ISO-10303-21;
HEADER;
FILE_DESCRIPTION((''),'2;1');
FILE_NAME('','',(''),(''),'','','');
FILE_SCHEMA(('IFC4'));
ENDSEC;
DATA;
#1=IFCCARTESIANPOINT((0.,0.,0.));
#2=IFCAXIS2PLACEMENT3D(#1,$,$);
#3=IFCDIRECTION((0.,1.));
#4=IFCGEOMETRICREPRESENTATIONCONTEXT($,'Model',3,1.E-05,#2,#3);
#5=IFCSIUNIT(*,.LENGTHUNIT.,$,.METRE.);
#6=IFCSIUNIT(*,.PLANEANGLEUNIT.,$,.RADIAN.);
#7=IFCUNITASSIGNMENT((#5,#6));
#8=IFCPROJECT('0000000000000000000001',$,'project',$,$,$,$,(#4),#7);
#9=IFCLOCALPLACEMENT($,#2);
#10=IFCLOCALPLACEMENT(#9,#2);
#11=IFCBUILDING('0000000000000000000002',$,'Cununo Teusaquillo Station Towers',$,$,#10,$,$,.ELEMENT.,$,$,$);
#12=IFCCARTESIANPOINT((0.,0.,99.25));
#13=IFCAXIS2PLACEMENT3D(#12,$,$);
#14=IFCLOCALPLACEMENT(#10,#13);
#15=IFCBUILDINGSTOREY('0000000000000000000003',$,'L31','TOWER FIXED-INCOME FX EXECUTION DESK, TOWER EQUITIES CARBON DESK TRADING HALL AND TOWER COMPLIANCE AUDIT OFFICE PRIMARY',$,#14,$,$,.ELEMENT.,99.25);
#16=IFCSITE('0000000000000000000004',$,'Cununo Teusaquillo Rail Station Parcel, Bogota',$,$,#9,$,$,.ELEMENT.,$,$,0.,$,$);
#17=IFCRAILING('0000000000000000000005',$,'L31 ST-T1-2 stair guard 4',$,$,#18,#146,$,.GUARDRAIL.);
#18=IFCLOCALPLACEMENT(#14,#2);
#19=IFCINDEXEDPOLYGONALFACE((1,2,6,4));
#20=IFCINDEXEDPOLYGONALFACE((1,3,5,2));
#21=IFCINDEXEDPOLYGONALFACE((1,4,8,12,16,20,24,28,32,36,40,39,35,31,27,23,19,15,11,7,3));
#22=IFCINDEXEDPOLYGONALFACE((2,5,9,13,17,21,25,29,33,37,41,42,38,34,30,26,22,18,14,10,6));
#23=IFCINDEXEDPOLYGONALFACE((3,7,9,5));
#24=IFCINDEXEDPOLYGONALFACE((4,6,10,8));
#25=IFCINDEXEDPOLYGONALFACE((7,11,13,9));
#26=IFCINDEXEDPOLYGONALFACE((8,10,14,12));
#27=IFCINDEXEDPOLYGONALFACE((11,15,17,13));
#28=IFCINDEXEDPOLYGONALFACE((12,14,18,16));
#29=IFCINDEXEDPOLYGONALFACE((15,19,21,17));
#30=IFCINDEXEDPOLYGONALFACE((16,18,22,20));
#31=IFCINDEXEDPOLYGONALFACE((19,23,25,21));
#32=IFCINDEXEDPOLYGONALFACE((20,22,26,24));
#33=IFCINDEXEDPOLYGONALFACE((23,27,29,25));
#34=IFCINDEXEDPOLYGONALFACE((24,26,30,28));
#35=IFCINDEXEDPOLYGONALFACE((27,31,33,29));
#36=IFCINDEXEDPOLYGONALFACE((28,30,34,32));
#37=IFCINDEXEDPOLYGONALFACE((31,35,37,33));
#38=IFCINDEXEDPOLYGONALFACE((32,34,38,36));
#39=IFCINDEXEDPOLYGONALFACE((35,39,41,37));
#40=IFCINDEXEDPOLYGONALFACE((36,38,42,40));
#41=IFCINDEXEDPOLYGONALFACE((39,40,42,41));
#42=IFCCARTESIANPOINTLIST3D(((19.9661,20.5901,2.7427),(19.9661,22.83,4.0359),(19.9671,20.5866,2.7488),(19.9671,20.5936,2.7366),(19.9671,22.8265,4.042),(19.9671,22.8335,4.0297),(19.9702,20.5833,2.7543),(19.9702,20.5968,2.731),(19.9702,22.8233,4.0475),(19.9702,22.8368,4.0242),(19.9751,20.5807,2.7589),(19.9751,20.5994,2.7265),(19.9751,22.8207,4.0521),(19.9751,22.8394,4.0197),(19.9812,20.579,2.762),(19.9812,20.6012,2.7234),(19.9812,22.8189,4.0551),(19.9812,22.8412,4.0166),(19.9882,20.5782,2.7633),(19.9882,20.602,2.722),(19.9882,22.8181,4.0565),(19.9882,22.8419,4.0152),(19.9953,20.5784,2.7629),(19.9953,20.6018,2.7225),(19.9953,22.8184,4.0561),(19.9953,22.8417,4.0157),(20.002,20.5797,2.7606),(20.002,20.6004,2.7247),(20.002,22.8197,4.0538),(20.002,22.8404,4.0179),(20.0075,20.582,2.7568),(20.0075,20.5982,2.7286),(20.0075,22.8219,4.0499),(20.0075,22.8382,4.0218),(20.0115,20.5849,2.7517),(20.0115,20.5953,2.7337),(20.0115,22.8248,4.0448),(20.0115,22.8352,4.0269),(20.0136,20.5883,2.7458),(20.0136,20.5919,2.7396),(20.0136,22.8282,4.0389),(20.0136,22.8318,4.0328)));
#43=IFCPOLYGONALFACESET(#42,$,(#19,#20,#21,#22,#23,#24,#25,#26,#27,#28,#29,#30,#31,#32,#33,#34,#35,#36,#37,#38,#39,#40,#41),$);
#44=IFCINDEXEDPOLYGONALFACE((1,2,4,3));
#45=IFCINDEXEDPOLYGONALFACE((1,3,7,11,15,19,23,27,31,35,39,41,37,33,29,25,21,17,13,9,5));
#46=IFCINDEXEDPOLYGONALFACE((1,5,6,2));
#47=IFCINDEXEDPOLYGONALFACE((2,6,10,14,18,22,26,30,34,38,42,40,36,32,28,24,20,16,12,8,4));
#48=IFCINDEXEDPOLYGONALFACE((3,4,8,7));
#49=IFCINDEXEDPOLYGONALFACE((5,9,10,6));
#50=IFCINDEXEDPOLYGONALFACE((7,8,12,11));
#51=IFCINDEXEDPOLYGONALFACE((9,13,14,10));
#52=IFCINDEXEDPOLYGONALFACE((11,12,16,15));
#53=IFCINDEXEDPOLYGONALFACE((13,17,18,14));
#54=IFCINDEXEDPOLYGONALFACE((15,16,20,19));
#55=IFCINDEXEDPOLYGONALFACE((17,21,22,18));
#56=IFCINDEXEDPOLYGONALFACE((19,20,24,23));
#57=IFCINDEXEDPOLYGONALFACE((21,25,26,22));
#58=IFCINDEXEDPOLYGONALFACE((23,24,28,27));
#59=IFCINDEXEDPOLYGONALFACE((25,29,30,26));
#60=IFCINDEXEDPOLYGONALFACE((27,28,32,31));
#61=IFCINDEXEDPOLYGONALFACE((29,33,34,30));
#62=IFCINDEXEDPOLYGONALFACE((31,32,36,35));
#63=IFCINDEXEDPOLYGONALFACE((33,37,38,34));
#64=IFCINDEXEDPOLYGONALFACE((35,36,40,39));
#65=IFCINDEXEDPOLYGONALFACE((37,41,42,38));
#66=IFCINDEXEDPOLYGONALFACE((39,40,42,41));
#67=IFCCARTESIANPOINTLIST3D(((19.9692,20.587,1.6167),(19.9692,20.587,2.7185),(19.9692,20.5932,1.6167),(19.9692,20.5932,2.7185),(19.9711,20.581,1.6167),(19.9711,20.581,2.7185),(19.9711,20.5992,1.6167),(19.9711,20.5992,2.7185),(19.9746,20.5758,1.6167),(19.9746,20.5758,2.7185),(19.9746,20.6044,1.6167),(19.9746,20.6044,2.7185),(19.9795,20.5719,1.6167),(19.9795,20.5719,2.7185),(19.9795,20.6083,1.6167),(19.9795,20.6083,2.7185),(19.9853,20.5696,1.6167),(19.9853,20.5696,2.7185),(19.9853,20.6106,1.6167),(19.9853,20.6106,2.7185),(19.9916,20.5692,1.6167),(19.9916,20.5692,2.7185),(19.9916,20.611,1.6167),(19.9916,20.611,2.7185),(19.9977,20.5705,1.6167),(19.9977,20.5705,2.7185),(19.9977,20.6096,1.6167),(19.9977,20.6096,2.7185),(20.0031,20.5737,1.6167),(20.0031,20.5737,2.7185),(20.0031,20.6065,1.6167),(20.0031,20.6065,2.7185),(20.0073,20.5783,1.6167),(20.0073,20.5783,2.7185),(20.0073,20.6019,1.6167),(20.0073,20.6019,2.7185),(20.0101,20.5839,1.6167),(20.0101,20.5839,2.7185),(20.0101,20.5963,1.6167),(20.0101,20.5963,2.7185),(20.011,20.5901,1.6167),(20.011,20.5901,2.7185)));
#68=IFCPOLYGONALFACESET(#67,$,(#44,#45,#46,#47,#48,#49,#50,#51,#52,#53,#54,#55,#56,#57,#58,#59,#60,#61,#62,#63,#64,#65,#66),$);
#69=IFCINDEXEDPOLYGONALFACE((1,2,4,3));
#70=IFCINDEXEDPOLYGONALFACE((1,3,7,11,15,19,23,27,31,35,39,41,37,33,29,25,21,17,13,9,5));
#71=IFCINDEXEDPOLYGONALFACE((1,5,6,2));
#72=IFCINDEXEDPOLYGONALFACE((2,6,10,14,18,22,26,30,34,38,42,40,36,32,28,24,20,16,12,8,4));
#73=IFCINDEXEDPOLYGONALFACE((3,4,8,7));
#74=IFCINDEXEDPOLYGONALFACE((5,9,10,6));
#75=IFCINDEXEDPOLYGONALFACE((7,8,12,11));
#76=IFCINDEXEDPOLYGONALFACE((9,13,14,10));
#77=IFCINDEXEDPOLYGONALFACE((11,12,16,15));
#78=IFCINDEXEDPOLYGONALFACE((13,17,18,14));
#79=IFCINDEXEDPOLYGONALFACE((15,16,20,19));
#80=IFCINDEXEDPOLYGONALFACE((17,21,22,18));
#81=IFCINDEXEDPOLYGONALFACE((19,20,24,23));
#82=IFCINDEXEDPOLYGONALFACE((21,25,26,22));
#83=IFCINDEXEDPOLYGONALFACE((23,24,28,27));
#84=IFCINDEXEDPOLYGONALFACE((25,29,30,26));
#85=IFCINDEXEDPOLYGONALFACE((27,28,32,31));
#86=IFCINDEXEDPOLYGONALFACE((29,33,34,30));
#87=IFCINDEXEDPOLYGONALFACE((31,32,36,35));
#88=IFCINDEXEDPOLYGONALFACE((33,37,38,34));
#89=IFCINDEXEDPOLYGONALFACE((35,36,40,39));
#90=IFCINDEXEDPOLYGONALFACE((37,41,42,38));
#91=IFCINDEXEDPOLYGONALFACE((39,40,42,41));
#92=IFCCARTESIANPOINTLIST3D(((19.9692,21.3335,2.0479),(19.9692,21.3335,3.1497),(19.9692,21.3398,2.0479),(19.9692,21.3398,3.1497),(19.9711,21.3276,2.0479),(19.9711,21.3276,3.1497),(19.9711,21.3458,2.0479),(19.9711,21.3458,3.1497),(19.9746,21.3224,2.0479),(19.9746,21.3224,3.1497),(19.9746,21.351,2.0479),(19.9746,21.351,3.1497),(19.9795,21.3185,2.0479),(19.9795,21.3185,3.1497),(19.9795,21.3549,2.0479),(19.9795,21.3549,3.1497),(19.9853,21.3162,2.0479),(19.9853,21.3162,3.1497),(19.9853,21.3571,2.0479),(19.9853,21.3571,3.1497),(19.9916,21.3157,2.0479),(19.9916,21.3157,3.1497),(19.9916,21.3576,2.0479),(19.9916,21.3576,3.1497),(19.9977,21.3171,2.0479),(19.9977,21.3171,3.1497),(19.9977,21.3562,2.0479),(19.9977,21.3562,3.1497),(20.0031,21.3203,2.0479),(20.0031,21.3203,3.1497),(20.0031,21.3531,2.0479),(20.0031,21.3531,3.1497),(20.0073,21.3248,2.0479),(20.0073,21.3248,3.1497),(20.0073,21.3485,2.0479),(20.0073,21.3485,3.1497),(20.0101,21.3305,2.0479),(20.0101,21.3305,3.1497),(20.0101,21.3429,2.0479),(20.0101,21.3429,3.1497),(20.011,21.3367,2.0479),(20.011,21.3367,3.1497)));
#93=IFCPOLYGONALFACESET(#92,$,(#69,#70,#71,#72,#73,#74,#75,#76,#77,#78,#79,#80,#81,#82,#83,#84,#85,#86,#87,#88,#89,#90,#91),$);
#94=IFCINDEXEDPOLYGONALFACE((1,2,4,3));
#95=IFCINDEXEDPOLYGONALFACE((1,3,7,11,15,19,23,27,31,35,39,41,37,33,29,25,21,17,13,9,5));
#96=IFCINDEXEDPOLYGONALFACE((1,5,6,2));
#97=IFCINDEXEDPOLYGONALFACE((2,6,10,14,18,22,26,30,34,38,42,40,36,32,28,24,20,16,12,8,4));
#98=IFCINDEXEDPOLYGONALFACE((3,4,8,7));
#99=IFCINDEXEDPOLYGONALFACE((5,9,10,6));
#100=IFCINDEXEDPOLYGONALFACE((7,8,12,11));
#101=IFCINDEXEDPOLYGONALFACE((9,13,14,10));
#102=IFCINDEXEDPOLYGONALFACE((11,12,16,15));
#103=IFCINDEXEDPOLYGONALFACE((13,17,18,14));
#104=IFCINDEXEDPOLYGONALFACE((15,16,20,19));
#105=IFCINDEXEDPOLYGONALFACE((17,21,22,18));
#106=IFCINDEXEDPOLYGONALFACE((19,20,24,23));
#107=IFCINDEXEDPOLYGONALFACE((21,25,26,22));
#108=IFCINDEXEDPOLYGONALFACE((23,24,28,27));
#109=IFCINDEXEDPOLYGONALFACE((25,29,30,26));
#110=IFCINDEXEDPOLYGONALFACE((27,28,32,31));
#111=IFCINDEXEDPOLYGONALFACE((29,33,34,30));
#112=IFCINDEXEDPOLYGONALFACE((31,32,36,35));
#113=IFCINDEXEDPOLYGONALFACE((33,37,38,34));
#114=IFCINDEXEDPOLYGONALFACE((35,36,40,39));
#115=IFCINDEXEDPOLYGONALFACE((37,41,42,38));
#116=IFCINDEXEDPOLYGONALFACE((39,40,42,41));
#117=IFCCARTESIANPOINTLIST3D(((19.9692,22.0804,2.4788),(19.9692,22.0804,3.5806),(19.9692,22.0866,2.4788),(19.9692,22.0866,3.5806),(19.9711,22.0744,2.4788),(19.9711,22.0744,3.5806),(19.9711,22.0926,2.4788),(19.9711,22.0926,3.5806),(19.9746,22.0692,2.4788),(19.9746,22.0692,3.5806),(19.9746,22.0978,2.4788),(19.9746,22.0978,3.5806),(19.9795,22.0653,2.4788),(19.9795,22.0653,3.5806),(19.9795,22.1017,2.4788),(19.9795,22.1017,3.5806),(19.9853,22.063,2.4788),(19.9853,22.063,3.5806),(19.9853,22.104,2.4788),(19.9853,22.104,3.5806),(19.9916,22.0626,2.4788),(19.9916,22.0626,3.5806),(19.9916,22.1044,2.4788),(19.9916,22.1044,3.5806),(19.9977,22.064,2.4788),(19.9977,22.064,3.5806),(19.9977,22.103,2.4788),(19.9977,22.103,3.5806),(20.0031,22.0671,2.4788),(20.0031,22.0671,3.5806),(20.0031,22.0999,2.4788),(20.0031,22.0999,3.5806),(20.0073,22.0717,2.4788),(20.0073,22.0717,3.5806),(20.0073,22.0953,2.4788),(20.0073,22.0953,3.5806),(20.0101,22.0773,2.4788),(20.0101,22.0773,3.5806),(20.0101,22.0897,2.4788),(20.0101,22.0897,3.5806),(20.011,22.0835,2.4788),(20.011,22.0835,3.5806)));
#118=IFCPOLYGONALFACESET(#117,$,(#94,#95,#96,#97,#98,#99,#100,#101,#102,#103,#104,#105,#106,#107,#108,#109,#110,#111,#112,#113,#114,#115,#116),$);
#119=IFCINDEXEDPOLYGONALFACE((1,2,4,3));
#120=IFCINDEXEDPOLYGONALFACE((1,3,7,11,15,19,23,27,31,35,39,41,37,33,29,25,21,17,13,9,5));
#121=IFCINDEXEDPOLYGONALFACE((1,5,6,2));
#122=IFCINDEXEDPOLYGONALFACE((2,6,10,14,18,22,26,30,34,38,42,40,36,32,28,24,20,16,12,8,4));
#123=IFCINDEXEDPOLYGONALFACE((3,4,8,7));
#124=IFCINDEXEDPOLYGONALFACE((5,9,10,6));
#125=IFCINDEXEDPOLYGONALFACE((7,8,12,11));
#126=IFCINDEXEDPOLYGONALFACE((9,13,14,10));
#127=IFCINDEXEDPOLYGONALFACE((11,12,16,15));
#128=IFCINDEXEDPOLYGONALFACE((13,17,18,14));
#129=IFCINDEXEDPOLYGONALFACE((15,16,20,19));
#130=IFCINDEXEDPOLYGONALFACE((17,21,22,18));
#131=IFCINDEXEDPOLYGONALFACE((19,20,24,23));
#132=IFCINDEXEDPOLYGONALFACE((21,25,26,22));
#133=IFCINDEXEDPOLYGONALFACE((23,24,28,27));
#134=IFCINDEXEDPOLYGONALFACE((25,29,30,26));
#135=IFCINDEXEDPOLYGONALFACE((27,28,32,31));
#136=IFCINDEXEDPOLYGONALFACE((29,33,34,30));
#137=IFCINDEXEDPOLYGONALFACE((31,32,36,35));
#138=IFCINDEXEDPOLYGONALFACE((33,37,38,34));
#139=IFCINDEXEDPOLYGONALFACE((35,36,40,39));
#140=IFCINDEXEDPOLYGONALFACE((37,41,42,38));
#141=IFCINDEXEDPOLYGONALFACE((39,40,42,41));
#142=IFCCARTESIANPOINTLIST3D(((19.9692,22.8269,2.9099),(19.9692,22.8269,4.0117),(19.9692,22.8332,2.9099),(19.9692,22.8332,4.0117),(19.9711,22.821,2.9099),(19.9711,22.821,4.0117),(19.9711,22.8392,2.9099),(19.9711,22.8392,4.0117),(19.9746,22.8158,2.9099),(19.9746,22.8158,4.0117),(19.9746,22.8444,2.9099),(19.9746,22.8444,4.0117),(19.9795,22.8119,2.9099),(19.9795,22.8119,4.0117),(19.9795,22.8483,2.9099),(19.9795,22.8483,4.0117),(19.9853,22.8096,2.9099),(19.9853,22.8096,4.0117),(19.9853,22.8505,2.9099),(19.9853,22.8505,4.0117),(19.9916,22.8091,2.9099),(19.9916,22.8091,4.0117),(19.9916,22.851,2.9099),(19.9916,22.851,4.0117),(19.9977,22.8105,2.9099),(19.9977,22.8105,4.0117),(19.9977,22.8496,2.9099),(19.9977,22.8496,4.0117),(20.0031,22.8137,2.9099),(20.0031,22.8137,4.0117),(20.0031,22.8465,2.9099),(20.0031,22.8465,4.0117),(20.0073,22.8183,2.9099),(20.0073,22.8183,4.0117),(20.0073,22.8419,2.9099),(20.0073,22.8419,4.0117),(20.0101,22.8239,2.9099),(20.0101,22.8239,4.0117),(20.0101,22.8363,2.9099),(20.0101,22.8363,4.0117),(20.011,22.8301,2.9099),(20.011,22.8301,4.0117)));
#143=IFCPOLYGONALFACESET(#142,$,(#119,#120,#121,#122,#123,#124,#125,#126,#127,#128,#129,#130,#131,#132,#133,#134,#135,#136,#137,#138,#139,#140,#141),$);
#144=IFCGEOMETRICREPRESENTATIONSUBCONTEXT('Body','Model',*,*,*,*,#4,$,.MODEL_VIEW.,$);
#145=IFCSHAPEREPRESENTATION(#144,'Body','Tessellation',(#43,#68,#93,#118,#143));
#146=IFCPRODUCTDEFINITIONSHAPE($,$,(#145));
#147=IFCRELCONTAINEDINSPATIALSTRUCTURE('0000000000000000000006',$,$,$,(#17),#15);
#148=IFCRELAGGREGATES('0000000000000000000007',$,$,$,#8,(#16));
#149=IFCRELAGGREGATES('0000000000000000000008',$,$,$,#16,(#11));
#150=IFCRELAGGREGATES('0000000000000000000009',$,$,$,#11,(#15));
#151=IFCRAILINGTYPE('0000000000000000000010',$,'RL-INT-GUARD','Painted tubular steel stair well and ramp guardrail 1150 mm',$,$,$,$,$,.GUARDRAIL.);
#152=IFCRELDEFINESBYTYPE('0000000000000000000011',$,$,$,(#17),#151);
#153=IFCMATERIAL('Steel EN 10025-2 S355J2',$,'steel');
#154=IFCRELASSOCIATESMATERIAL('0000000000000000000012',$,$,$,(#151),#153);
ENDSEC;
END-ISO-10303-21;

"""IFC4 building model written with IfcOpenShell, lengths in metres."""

from ifc_helpers import new_model, si_unit, direction, frame, origin, origin_2d, place, context, subcontext, project, spatial, circle, extrude, material, type_object, element, save


model = new_model("IFC4")

# Units and contexts
model_context = context("Model", 3, precision=1e-05, world=origin(), true_north=direction((0.0, 1.0)))
body_context = subcontext(model_context, "Body", "Model", "MODEL_VIEW")
ifc_project = project(units=[si_unit("LENGTHUNIT", "METRE"), si_unit("PLANEANGLEUNIT", "RADIAN")], contexts=[model_context])

# Site, building, storey
site_placement = place(None, origin())
site = spatial("IfcSite", under=ifc_project, at=site_placement, Name="Cununo Teusaquillo Rail Station Parcel, Bogota", CompositionType="ELEMENT", RefElevation=0.0)
building_placement = place(site_placement, origin())
building = spatial("IfcBuilding", under=site, at=building_placement, Name="Cununo Teusaquillo Station Towers", CompositionType="ELEMENT")
storey_placement = place(building_placement, frame((0.0, 0.0, 99.25)))
storey = spatial("IfcBuildingStorey", under=building, at=storey_placement, Name="L31", Description="TOWER FIXED-INCOME FX EXECUTION DESK, TOWER EQUITIES CARBON DESK TRADING HALL AND TOWER COMPLIANCE AUDIT OFFICE PRIMARY", CompositionType="ELEMENT", Elevation=99.25)

# Railing
ifc_material_1 = material(Name="Steel EN 10025-2 S355J2", Category="steel")
railing_type_1 = type_object("IfcRailingType", Name="RL-INT-GUARD", Description="Painted tubular steel stair well and ramp guardrail 1150 mm", PredefinedType="GUARDRAIL", material=ifc_material_1)
railing_1_placement = place(storey_placement, frame((19.99, 20.5901, 1.6167)))
element("IfcRailing", 1, at=railing_1_placement, inside=storey, type_object=railing_type_1, Name="L31 ST-T1-2 stair guard 4", PredefinedType="GUARDRAIL", context=body_context, shape_type="SweptSolid", body=[
    extrude(circle(Radius=0.0239, at=origin_2d()), frame((0.0, 0.0, 1.126), z_axis=(0.0, 0.866033, 0.499987), x_axis=(-1.0, 0.0, 0.0)), (0.0, 0.0, 1.0), 2.5864),
    extrude(circle(Radius=0.021, at=origin_2d()), origin(), (0.0, 0.0, 1.0), 1.1018),
    extrude(circle(Radius=0.021, at=origin_2d()), frame((0.0, 0.7466, 0.4312)), (0.0, 0.0, 1.0), 1.1018),
    extrude(circle(Radius=0.021, at=origin_2d()), frame((0.0, 1.4934, 0.8621)), (0.0, 0.0, 1.0), 1.1018),
    extrude(circle(Radius=0.021, at=origin_2d()), frame((0.0, 2.24, 1.2932)), (0.0, 0.0, 1.0), 1.1018),
])

save(model, "model.ifc")
